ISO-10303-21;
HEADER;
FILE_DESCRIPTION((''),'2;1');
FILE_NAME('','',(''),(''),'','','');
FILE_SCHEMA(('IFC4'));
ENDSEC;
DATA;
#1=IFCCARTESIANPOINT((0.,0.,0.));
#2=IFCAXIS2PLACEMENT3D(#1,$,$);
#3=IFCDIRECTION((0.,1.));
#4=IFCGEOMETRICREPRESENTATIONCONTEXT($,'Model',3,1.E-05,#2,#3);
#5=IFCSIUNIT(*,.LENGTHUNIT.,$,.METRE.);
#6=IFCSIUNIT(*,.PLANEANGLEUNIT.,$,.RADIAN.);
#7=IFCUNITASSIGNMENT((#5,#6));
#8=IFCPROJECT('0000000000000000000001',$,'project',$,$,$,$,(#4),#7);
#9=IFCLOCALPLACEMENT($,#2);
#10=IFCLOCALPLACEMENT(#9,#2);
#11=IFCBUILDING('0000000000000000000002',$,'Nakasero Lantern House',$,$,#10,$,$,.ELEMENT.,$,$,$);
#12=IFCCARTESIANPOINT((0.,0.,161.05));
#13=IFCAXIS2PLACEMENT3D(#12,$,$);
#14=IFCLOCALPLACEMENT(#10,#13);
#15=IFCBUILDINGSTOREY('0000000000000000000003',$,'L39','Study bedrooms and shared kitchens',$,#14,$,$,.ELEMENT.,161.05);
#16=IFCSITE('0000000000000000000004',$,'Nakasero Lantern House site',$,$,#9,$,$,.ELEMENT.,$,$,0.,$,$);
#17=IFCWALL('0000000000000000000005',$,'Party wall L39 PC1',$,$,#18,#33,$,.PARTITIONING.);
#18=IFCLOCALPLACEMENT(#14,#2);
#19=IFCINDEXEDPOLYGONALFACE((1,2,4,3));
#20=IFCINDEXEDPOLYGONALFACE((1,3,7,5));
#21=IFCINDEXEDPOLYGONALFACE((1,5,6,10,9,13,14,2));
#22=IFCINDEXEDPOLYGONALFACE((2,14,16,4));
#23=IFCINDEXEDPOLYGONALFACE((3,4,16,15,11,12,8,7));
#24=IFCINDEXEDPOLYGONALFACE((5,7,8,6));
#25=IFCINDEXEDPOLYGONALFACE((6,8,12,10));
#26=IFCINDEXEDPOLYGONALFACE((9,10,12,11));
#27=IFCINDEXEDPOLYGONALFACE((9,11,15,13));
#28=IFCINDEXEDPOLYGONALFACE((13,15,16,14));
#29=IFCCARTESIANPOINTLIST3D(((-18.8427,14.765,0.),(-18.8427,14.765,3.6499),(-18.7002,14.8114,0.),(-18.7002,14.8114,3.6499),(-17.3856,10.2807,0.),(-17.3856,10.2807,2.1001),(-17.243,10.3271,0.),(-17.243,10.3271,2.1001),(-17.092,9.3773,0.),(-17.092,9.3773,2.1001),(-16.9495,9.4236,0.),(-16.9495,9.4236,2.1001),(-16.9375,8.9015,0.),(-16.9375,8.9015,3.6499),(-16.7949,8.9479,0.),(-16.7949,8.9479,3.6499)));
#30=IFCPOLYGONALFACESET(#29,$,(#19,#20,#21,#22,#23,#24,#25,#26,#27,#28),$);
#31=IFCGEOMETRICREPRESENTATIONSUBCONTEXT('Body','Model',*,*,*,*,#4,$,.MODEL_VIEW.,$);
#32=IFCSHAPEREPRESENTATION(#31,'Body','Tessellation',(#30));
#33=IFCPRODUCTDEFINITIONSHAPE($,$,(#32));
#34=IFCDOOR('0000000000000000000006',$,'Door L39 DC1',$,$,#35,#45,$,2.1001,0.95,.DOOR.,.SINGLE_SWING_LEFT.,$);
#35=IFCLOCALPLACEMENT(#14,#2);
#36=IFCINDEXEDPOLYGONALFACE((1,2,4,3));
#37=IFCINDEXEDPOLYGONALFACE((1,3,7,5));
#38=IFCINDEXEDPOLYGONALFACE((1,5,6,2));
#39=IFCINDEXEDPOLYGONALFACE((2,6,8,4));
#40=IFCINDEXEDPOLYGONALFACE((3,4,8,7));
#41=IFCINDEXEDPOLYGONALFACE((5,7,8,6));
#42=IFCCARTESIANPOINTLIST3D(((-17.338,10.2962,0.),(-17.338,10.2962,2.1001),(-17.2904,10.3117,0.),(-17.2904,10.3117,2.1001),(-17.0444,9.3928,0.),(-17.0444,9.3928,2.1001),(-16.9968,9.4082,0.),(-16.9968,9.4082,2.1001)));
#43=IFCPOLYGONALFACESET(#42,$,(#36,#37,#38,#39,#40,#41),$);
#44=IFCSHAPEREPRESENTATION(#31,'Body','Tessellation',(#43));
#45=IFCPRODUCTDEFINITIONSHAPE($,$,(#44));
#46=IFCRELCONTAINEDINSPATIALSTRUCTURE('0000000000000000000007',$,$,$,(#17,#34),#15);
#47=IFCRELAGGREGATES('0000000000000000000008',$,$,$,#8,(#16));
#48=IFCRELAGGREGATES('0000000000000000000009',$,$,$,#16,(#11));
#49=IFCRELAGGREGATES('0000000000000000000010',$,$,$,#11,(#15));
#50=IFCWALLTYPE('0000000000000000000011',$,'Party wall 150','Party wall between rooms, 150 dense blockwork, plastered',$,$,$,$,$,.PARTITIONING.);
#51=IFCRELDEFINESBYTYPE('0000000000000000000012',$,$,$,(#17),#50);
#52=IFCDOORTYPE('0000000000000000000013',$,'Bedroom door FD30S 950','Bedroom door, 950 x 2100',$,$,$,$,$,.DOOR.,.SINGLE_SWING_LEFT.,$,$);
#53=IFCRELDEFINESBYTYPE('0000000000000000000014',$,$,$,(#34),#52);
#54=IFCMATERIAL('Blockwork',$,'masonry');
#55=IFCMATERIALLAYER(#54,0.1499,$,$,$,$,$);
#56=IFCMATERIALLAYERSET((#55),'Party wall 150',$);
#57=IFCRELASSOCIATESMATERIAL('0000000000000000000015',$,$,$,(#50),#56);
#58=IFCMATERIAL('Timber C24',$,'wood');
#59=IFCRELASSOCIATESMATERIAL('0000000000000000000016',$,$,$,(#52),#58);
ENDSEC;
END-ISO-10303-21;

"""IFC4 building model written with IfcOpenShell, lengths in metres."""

from ifc_helpers import new_model, si_unit, direction, frame, frame_2d, origin, place, context, subcontext, project, spatial, rectangle, extrude, material, layer, layer_set, type_object, element, fill, save


model = new_model("IFC4")

# Units and contexts
model_context = context("Model", 3, precision=1e-05, world=origin(), true_north=direction((0.0, 1.0)))
body_context = subcontext(model_context, "Body", "Model", "MODEL_VIEW")
ifc_project = project(units=[si_unit("LENGTHUNIT", "METRE"), si_unit("PLANEANGLEUNIT", "RADIAN")], contexts=[model_context])

# Site, building, storey
site_placement = place(None, origin())
site = spatial("IfcSite", under=ifc_project, at=site_placement, Name="Nakasero Lantern House site", CompositionType="ELEMENT", RefElevation=0.0)
building_placement = place(site_placement, origin())
building = spatial("IfcBuilding", under=site, at=building_placement, Name="Nakasero Lantern House", CompositionType="ELEMENT")
storey_placement = place(building_placement, frame((0.0, 0.0, 161.05)))
storey = spatial("IfcBuildingStorey", under=building, at=storey_placement, Name="L39", Description="Study bedrooms and shared kitchens", CompositionType="ELEMENT", Elevation=161.05)

# Shared definitions
ifc_material_1 = material(Name="Blockwork", Category="masonry")
ifc_layer_1 = layer(ifc_material_1, 0.1499)
ifc_layer_set_1 = layer_set([ifc_layer_1], Name="Party wall 150")
wall_type_1 = type_object("IfcWallType", Name="Party wall 150", Description="Party wall between rooms, 150 dense blockwork, plastered", PredefinedType="PARTITIONING", material=ifc_layer_set_1)

# Wall, opening, door
wall_1_placement = place(storey_placement, frame((-16.8662, 8.9248, 0.0), z_axis=(0.0, 0.0, 1.0), x_axis=(-0.309031, 0.951052, 0.0)))
wall_1 = element("IfcWall", 1, at=wall_1_placement, inside=storey, type_object=wall_type_1, Name="Party wall L39 PC1", PredefinedType="PARTITIONING", context=body_context, shape_type="SweptSolid", body=[
    extrude(rectangle(XDim=6.1653, YDim=0.1499, at=frame_2d((3.0825, 0.0))), origin(), (0.0, 0.0, 1.0), 3.6499),
])
opening_1_placement = place(wall_1_placement, frame((0.5, 0.0, 0.0)))
opening_1 = element("IfcOpeningElement", 2, at=opening_1_placement, cuts=wall_1, PredefinedType="OPENING", context=body_context, shape_type="SweptSolid", body=[
    extrude(rectangle(XDim=0.95, YDim=2.1001, at=frame_2d((0.4751, 1.05))), frame((0.0, 0.095, 0.0), z_axis=(0.0, -1.0, 0.0), x_axis=(1.0, 0.0, 0.0)), (0.0, 0.0, 1.0), 0.1899),
])
ifc_material_2 = material(Name="Timber C24", Category="wood")
door_type_1 = type_object("IfcDoorType", Name="Bedroom door FD30S 950", Description="Bedroom door, 950 x 2100", OperationType="SINGLE_SWING_LEFT", PredefinedType="DOOR", material=ifc_material_2)
door_1_placement = place(opening_1_placement, origin())
door_1 = element("IfcDoor", 3, at=door_1_placement, inside=storey, type_object=door_type_1, Name="Door L39 DC1", OperationType="SINGLE_SWING_LEFT", OverallHeight=2.1001, OverallWidth=0.95, PredefinedType="DOOR", context=body_context, shape_type="SweptSolid", body=[
    extrude(rectangle(XDim=0.95, YDim=2.1001, at=frame_2d((0.4751, 1.05))), frame((0.0, 0.0249, 0.0), z_axis=(0.0, -1.0, 0.0), x_axis=(1.0, 0.0, 0.0)), (0.0, 0.0, 1.0), 0.05),
])
fill(opening_1, door_1)

save(model, "model.ifc")
